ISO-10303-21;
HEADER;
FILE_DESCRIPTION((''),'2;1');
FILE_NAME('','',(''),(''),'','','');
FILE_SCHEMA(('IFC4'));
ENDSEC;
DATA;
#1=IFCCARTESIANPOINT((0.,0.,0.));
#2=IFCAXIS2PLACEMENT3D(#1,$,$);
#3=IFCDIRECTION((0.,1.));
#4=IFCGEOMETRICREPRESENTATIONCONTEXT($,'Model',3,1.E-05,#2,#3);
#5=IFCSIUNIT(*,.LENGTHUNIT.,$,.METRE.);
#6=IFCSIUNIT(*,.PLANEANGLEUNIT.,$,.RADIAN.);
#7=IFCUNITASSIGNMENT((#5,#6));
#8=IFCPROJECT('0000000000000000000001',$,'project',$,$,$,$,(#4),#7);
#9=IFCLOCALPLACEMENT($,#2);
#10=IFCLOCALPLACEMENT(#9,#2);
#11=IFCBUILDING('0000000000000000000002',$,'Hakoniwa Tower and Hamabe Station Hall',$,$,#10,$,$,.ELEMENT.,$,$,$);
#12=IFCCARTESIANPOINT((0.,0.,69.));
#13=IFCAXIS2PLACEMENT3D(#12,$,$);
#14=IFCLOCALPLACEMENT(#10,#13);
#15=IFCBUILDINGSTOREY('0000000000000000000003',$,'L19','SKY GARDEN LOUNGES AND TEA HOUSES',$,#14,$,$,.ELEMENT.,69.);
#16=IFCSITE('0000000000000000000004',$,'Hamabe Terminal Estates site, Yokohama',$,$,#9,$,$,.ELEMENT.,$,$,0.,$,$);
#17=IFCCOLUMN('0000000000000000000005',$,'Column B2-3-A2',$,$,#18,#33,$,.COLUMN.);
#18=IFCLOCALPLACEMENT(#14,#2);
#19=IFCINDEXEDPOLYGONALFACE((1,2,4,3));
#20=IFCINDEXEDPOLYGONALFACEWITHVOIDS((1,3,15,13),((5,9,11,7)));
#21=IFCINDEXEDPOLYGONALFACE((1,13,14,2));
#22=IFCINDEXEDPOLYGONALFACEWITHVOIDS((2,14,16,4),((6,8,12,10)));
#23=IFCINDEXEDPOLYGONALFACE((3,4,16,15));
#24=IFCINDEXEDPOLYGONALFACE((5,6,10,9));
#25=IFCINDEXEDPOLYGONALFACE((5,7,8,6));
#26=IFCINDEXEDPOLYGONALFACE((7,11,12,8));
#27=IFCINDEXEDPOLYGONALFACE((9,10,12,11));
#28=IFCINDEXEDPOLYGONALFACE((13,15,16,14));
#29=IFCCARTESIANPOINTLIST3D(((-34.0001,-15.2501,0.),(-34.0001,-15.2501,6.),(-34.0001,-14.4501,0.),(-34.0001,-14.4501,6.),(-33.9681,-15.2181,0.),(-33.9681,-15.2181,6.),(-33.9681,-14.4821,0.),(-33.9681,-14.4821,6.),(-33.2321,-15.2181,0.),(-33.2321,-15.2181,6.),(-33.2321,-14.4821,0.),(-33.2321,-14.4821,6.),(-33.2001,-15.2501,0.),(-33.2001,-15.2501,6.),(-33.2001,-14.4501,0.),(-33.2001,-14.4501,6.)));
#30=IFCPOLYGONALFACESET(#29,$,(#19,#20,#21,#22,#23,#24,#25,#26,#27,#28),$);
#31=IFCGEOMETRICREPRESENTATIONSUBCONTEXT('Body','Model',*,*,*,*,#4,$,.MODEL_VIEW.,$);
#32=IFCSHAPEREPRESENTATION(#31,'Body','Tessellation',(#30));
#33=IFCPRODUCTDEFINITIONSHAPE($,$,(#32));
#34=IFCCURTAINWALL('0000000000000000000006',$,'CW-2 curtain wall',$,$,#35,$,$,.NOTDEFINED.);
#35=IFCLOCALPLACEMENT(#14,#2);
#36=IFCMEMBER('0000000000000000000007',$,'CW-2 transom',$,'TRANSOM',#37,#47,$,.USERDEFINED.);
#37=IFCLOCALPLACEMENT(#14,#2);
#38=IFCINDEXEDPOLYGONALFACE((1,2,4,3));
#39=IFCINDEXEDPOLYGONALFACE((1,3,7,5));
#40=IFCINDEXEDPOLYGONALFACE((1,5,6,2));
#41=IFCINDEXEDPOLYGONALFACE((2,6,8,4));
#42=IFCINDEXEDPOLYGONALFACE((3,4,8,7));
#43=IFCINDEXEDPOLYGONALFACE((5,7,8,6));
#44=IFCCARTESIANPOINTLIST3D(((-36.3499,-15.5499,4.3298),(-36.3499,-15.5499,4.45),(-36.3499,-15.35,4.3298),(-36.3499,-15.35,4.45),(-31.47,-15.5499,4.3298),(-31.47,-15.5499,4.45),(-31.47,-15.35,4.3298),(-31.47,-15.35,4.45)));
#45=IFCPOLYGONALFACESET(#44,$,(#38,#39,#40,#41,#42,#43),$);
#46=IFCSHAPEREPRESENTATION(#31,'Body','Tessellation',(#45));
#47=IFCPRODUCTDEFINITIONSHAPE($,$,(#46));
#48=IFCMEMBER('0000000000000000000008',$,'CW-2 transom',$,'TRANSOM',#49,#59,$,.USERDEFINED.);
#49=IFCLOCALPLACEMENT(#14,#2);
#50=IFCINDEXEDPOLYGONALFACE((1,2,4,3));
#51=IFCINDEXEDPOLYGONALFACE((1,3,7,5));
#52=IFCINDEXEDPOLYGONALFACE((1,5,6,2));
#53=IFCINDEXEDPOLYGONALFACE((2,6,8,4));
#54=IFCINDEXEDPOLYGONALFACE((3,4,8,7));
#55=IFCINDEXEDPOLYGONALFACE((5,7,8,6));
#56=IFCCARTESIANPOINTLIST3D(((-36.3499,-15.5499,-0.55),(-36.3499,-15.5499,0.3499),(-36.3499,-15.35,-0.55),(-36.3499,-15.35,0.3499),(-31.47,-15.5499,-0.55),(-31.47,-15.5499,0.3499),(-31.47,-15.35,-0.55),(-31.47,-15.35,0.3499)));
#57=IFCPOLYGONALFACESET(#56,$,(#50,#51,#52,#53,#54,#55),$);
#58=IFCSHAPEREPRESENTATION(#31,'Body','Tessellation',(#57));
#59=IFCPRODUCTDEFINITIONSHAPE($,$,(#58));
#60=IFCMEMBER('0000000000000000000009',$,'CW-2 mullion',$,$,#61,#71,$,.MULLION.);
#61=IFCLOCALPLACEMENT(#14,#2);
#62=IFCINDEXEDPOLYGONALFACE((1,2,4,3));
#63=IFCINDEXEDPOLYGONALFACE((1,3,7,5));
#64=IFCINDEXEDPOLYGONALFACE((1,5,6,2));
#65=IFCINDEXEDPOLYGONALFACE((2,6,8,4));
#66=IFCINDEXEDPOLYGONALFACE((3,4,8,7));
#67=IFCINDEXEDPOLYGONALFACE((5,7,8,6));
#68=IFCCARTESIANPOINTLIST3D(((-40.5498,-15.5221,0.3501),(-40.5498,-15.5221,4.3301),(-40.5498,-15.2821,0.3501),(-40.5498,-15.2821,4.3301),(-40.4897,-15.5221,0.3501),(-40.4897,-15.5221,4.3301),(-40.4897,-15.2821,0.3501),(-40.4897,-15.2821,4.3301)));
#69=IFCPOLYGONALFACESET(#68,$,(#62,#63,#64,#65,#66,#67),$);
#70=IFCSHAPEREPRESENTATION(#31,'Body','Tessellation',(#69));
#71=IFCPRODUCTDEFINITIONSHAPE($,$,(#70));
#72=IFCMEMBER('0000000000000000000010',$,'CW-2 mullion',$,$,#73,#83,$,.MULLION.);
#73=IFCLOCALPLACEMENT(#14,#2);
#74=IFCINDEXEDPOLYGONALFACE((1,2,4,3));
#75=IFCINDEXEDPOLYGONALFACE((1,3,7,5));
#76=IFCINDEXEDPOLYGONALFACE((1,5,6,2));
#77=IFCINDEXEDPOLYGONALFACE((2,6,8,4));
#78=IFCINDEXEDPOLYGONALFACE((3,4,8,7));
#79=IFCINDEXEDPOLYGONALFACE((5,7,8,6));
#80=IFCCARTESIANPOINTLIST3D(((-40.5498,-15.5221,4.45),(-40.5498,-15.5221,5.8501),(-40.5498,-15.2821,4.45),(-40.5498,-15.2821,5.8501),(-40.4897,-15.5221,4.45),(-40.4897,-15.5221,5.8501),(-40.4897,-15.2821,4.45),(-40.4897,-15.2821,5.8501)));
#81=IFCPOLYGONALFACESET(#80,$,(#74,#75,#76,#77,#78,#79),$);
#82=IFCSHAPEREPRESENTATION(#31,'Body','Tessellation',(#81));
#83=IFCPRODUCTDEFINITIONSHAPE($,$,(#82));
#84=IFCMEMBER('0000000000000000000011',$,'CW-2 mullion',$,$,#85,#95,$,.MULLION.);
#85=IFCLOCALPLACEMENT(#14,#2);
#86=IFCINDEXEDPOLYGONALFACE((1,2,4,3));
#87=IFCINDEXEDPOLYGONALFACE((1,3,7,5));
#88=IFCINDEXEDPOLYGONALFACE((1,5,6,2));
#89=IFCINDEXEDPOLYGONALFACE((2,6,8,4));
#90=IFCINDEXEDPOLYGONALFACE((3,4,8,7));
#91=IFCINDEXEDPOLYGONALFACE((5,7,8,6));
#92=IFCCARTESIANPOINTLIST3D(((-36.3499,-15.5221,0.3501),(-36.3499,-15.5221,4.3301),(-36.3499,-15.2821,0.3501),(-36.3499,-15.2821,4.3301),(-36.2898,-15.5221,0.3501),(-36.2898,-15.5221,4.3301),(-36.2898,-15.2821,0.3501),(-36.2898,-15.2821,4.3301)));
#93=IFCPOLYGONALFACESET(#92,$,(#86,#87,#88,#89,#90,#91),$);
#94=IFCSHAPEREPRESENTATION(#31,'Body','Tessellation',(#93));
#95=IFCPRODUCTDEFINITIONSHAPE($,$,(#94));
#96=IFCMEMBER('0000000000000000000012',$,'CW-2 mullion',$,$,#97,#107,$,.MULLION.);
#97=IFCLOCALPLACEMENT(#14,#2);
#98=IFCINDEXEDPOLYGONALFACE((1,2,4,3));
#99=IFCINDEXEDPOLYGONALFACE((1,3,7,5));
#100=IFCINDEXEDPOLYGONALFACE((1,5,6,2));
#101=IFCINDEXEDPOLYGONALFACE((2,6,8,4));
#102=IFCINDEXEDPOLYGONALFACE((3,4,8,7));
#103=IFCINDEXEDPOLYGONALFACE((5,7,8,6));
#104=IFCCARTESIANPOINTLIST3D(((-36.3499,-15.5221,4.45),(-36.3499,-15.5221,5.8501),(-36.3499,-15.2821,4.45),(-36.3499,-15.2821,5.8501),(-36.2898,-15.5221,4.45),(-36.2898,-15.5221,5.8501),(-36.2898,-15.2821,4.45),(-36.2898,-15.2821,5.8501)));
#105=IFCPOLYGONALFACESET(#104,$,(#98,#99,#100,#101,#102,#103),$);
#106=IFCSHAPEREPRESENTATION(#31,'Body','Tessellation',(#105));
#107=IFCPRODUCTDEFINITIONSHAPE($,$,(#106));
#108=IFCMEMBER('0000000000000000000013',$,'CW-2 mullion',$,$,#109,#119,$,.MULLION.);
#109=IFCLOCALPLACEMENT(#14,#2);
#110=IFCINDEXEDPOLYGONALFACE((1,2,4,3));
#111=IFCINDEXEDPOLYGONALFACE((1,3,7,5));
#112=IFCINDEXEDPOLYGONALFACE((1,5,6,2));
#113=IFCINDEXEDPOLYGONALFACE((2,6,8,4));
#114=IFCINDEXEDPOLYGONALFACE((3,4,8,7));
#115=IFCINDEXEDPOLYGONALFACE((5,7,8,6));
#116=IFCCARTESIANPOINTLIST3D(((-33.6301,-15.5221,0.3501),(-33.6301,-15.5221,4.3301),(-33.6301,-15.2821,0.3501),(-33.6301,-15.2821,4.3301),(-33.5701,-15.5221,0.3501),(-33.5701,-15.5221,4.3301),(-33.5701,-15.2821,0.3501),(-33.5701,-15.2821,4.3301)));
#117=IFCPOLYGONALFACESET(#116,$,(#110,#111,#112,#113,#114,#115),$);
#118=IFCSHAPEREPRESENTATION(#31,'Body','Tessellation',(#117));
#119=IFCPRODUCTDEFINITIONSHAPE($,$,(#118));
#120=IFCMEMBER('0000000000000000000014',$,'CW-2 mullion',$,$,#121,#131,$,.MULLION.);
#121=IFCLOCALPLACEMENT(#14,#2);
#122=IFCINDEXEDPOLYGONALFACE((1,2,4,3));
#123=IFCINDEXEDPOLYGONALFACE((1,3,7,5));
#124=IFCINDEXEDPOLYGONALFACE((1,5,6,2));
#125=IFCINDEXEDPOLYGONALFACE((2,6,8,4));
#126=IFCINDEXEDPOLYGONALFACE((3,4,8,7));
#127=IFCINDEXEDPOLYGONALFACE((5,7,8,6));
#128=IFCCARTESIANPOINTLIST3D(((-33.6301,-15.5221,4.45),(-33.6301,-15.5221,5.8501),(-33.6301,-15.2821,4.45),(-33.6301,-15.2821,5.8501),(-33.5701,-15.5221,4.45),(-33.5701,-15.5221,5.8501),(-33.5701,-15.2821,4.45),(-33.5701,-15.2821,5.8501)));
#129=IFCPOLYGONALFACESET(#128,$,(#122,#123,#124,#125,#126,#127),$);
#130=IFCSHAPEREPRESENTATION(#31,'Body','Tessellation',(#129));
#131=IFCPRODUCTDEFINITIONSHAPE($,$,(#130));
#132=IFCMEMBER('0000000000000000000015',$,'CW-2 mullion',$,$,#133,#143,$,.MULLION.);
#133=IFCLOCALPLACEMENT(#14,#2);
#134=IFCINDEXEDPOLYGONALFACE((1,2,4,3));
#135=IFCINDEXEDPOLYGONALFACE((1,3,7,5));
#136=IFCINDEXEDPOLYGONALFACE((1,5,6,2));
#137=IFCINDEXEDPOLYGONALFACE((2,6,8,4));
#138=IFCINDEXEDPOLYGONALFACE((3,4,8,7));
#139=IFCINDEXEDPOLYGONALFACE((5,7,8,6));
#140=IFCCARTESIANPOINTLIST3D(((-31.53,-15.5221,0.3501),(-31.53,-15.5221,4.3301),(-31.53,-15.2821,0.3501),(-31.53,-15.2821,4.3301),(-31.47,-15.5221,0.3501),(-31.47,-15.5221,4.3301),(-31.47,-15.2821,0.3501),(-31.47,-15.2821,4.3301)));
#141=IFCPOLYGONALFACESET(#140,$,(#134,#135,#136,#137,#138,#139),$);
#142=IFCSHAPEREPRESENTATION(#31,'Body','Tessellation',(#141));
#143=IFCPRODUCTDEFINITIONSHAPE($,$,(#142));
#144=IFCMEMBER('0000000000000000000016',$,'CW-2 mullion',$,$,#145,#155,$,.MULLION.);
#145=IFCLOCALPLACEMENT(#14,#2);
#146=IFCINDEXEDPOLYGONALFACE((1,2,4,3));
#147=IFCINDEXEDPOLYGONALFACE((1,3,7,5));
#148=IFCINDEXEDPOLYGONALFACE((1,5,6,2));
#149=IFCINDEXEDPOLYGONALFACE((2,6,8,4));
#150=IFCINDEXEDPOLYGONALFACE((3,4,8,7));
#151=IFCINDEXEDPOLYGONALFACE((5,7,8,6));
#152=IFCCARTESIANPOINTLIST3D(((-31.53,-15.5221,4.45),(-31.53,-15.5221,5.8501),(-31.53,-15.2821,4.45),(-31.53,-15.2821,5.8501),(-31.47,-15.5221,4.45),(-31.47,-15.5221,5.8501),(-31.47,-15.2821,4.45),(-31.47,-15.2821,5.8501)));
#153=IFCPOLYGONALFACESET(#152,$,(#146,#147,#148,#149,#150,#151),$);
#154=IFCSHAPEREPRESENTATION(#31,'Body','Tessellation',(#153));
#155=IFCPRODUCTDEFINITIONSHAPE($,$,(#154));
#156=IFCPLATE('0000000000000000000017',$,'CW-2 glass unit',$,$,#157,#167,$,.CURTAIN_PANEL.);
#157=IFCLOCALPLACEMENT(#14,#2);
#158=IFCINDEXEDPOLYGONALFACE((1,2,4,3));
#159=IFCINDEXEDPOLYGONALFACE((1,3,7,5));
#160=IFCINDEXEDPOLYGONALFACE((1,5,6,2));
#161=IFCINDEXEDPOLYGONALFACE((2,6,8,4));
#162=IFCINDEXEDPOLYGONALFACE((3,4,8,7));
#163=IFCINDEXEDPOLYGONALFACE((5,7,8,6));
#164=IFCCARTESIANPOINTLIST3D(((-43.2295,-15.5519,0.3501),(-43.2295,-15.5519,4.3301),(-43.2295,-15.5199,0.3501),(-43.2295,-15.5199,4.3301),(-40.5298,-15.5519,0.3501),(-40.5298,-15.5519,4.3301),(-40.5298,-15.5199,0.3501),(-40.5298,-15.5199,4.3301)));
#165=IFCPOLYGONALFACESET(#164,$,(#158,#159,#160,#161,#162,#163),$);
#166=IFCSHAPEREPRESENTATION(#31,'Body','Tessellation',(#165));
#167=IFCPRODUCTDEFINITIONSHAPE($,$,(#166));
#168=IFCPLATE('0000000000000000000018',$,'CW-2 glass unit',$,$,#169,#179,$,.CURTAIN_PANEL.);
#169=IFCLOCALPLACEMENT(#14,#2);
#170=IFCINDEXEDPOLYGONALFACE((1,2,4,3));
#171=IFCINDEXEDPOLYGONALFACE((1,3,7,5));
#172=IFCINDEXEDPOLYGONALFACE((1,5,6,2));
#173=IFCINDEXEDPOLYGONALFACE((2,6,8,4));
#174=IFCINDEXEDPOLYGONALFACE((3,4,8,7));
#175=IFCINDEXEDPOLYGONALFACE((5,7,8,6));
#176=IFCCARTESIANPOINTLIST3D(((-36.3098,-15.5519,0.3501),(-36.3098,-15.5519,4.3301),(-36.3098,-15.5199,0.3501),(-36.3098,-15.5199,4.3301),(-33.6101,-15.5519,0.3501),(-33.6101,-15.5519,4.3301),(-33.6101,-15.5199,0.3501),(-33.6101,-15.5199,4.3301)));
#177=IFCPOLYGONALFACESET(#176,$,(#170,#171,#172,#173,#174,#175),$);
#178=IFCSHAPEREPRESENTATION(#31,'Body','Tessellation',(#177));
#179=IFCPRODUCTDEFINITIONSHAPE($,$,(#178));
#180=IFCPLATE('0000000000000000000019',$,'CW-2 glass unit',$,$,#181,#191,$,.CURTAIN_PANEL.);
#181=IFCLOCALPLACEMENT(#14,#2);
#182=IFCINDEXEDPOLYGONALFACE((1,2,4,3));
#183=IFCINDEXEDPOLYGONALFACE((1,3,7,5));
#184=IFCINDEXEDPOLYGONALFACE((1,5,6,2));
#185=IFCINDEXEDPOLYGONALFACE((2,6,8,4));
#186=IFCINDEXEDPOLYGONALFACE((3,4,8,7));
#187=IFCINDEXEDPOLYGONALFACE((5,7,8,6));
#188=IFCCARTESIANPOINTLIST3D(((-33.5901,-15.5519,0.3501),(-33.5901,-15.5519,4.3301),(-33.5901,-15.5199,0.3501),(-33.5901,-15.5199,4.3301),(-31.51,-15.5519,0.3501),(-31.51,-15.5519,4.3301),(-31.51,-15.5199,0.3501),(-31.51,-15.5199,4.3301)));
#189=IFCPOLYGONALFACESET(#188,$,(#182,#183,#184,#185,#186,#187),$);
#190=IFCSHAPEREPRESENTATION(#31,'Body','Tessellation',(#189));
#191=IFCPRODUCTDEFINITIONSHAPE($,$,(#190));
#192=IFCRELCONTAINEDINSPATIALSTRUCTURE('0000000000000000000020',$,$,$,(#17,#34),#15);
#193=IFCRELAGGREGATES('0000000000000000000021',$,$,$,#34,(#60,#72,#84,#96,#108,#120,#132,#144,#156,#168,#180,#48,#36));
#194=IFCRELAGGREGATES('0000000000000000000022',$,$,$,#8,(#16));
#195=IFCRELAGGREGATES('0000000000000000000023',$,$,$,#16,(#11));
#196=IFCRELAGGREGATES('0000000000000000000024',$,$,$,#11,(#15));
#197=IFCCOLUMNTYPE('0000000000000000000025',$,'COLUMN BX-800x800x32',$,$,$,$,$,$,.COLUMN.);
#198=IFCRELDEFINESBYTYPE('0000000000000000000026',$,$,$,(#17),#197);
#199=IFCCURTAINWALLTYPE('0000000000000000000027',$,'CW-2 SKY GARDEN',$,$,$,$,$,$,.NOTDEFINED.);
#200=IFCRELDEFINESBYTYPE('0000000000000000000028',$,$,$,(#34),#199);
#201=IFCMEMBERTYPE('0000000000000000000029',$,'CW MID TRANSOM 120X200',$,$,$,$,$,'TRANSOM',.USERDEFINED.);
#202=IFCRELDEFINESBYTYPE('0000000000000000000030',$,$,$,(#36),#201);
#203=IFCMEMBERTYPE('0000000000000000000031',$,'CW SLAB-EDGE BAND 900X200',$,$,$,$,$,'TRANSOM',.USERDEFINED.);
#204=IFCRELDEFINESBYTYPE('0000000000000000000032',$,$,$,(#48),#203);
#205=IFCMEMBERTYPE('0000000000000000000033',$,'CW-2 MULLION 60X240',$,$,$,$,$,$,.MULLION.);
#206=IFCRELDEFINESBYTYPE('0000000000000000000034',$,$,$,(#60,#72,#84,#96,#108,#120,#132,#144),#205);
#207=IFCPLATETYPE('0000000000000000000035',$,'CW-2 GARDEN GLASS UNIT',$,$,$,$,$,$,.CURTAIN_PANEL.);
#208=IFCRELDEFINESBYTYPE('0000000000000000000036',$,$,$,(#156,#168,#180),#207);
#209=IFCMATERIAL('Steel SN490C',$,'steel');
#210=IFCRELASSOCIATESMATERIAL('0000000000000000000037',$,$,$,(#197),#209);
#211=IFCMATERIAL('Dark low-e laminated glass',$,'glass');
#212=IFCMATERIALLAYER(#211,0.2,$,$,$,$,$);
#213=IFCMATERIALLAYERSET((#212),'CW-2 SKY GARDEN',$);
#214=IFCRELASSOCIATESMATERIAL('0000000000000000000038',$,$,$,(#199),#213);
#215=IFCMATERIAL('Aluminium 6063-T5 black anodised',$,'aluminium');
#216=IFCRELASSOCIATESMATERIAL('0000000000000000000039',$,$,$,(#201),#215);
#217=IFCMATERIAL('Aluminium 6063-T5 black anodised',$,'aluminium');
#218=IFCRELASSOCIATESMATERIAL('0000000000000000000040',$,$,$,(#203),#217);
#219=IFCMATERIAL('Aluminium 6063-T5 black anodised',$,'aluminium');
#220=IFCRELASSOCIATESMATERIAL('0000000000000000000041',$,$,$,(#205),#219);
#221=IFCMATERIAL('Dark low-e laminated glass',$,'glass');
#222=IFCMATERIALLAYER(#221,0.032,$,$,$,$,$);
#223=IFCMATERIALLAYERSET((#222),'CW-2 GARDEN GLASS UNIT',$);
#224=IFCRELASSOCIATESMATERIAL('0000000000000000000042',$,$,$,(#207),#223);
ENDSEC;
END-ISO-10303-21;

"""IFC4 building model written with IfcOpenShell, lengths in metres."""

from ifc_helpers import new_model, si_unit, direction, frame, origin, origin_2d, place, context, subcontext, project, spatial, rectangle, hollow_rectangle, extrude, material, layer, layer_set, material_profile, profile_set, type_object, element, aggregate, save


model = new_model("IFC4")

# Units and contexts
model_context = context("Model", 3, precision=1e-05, world=origin(), true_north=direction((0.0, 1.0)))
body_context = subcontext(model_context, "Body", "Model", "MODEL_VIEW")
ifc_project = project(units=[si_unit("LENGTHUNIT", "METRE"), si_unit("PLANEANGLEUNIT", "RADIAN")], contexts=[model_context])

# Site, building, storey
site_placement = place(None, origin())
site = spatial("IfcSite", under=ifc_project, at=site_placement, Name="Hamabe Terminal Estates site, Yokohama", CompositionType="ELEMENT", RefElevation=0.0)
building_placement = place(site_placement, origin())
building = spatial("IfcBuilding", under=site, at=building_placement, Name="Hakoniwa Tower and Hamabe Station Hall", CompositionType="ELEMENT")
storey_placement = place(building_placement, frame((0.0, 0.0, 69.0)))
storey = spatial("IfcBuildingStorey", under=building, at=storey_placement, Name="L19", Description="SKY GARDEN LOUNGES AND TEA HOUSES", CompositionType="ELEMENT", Elevation=69.0)

# Column
ifc_material_1 = material(Name="Steel SN490C", Category="steel")
ifc_material_profile_1 = material_profile(ifc_material_1, hollow_rectangle(XDim=0.8, YDim=0.8, WallThickness=0.032, at=origin_2d()), Name="BX-800x800x32")
ifc_profile_set_1 = profile_set([ifc_material_profile_1], Name="Steel SN490C")
column_type = type_object("IfcColumnType", Name="COLUMN BX-800x800x32", PredefinedType="COLUMN", material=ifc_profile_set_1)
column_placement = place(storey_placement, frame((-33.6001, -14.8501, 0.0), z_axis=(0.0, 0.0, 1.0), x_axis=(1.0, 0.0, 0.0)))
element("IfcColumn", 1, at=column_placement, inside=storey, type_object=column_type, Name="Column B2-3-A2", PredefinedType="COLUMN", context=body_context, shape_type="SweptSolid", body=[
    extrude(hollow_rectangle(XDim=0.8, YDim=0.8, WallThickness=0.032, at=origin_2d()), origin(), (0.0, 0.0, 1.0), 6.0),
])

# Curtain wall, members, plates
ifc_material_2 = material(Name="Dark low-e laminated glass", Category="glass")
ifc_layer_1 = layer(ifc_material_2, 0.2)
ifc_layer_set_1 = layer_set([ifc_layer_1], Name="CW-2 SKY GARDEN")
curtain_wall_type = type_object("IfcCurtainWallType", Name="CW-2 SKY GARDEN", PredefinedType="NOTDEFINED", material=ifc_layer_set_1)
curtain_wall_placement = place(storey_placement, origin())
curtain_wall = element("IfcCurtainWall", 2, at=curtain_wall_placement, inside=storey, type_object=curtain_wall_type, Name="CW-2 curtain wall", PredefinedType="NOTDEFINED")
ifc_material_3 = material(Name="Aluminium 6063-T5 black anodised", Category="aluminium")
ifc_material_profile_2 = material_profile(ifc_material_3, rectangle(XDim=0.2, YDim=0.1201, at=origin_2d()), Name="CW MID TRANSOM 120X200")
ifc_profile_set_2 = profile_set([ifc_material_profile_2], Name="Aluminium 6063-T5 black anodised")
member_type_1 = type_object("IfcMemberType", Name="CW MID TRANSOM 120X200", ElementType="TRANSOM", PredefinedType="USERDEFINED", material=ifc_profile_set_2)
member_1_placement = place(storey_placement, frame((-36.3499, -15.45, 4.3899), z_axis=(1.0, 0.0, 0.0), x_axis=(0.0, 1.0, 0.0)))
member_1 = element("IfcMember", 3, at=member_1_placement, type_object=member_type_1, Name="CW-2 transom", ObjectType="TRANSOM", PredefinedType="USERDEFINED", context=body_context, shape_type="SweptSolid", body=[
    extrude(rectangle(XDim=0.2, YDim=0.1201, at=origin_2d()), origin(), (0.0, 0.0, 1.0), 4.8799),
])
ifc_material_4 = material(Name="Aluminium 6063-T5 black anodised", Category="aluminium")
ifc_material_profile_3 = material_profile(ifc_material_4, rectangle(XDim=0.2, YDim=0.8999, at=origin_2d()), Name="CW SLAB-EDGE BAND 900X200")
ifc_profile_set_3 = profile_set([ifc_material_profile_3], Name="Aluminium 6063-T5 black anodised")
member_type_2 = type_object("IfcMemberType", Name="CW SLAB-EDGE BAND 900X200", ElementType="TRANSOM", PredefinedType="USERDEFINED", material=ifc_profile_set_3)
member_2_placement = place(storey_placement, frame((-36.3499, -15.45, -0.1001), z_axis=(1.0, 0.0, 0.0), x_axis=(0.0, 1.0, 0.0)))
member_2 = element("IfcMember", 4, at=member_2_placement, type_object=member_type_2, Name="CW-2 transom", ObjectType="TRANSOM", PredefinedType="USERDEFINED", context=body_context, shape_type="SweptSolid", body=[
    extrude(rectangle(XDim=0.2, YDim=0.8999, at=origin_2d()), origin(), (0.0, 0.0, 1.0), 4.8799),
])
ifc_material_5 = material(Name="Aluminium 6063-T5 black anodised", Category="aluminium")
ifc_material_profile_4 = material_profile(ifc_material_5, rectangle(XDim=0.0601, YDim=0.24, at=origin_2d()), Name="CW-2 MULLION 60X240")
ifc_profile_set_4 = profile_set([ifc_material_profile_4], Name="Aluminium 6063-T5 black anodised")
member_type_3 = type_object("IfcMemberType", Name="CW-2 MULLION 60X240", PredefinedType="MULLION", material=ifc_profile_set_4)
member_3_placement = place(storey_placement, frame((-40.5198, -15.4021, 0.3501), z_axis=(0.0, 0.0, 1.0), x_axis=(1.0, 0.0, 0.0)))
member_3 = element("IfcMember", 5, at=member_3_placement, type_object=member_type_3, Name="CW-2 mullion", PredefinedType="MULLION", context=body_context, shape_type="SweptSolid", body=[
    extrude(rectangle(XDim=0.0601, YDim=0.24, at=origin_2d()), origin(), (0.0, 0.0, 1.0), 3.98),
])
member_4_placement = place(storey_placement, frame((-40.5198, -15.4021, 4.45), z_axis=(0.0, 0.0, 1.0), x_axis=(1.0, 0.0, 0.0)))
member_4 = element("IfcMember", 6, at=member_4_placement, type_object=member_type_3, Name="CW-2 mullion", PredefinedType="MULLION", context=body_context, shape_type="SweptSolid", body=[
    extrude(rectangle(XDim=0.0601, YDim=0.24, at=origin_2d()), origin(), (0.0, 0.0, 1.0), 1.4001),
])
member_5_placement = place(storey_placement, frame((-36.3198, -15.4021, 0.3501), z_axis=(0.0, 0.0, 1.0), x_axis=(1.0, 0.0, 0.0)))
member_5 = element("IfcMember", 7, at=member_5_placement, type_object=member_type_3, Name="CW-2 mullion", PredefinedType="MULLION", context=body_context, shape_type="SweptSolid", body=[
    extrude(rectangle(XDim=0.0601, YDim=0.24, at=origin_2d()), origin(), (0.0, 0.0, 1.0), 3.98),
])
member_6_placement = place(storey_placement, frame((-36.3198, -15.4021, 4.45), z_axis=(0.0, 0.0, 1.0), x_axis=(1.0, 0.0, 0.0)))
member_6 = element("IfcMember", 8, at=member_6_placement, type_object=member_type_3, Name="CW-2 mullion", PredefinedType="MULLION", context=body_context, shape_type="SweptSolid", body=[
    extrude(rectangle(XDim=0.0601, YDim=0.24, at=origin_2d()), origin(), (0.0, 0.0, 1.0), 1.4001),
])
member_7_placement = place(storey_placement, frame((-33.6001, -15.4021, 0.3501), z_axis=(0.0, 0.0, 1.0), x_axis=(1.0, 0.0, 0.0)))
member_7 = element("IfcMember", 9, at=member_7_placement, type_object=member_type_3, Name="CW-2 mullion", PredefinedType="MULLION", context=body_context, shape_type="SweptSolid", body=[
    extrude(rectangle(XDim=0.0601, YDim=0.24, at=origin_2d()), origin(), (0.0, 0.0, 1.0), 3.98),
])
member_8_placement = place(storey_placement, frame((-33.6001, -15.4021, 4.45), z_axis=(0.0, 0.0, 1.0), x_axis=(1.0, 0.0, 0.0)))
member_8 = element("IfcMember", 10, at=member_8_placement, type_object=member_type_3, Name="CW-2 mullion", PredefinedType="MULLION", context=body_context, shape_type="SweptSolid", body=[
    extrude(rectangle(XDim=0.0601, YDim=0.24, at=origin_2d()), origin(), (0.0, 0.0, 1.0), 1.4001),
])
member_9_placement = place(storey_placement, frame((-31.5, -15.4021, 0.3501), z_axis=(0.0, 0.0, 1.0), x_axis=(1.0, 0.0, 0.0)))
member_9 = element("IfcMember", 11, at=member_9_placement, type_object=member_type_3, Name="CW-2 mullion", PredefinedType="MULLION", context=body_context, shape_type="SweptSolid", body=[
    extrude(rectangle(XDim=0.0601, YDim=0.24, at=origin_2d()), origin(), (0.0, 0.0, 1.0), 3.98),
])
member_10_placement = place(storey_placement, frame((-31.5, -15.4021, 4.45), z_axis=(0.0, 0.0, 1.0), x_axis=(1.0, 0.0, 0.0)))
member_10 = element("IfcMember", 12, at=member_10_placement, type_object=member_type_3, Name="CW-2 mullion", PredefinedType="MULLION", context=body_context, shape_type="SweptSolid", body=[
    extrude(rectangle(XDim=0.0601, YDim=0.24, at=origin_2d()), origin(), (0.0, 0.0, 1.0), 1.4001),
])
ifc_material_6 = material(Name="Dark low-e laminated glass", Category="glass")
ifc_layer_2 = layer(ifc_material_6, 0.032)
ifc_layer_set_2 = layer_set([ifc_layer_2], Name="CW-2 GARDEN GLASS UNIT")
plate_type = type_object("IfcPlateType", Name="CW-2 GARDEN GLASS UNIT", PredefinedType="CURTAIN_PANEL", material=ifc_layer_set_2)
plate_1_placement = place(storey_placement, frame((-41.8796, -15.5359, 0.3501), z_axis=(0.0, 0.0, 1.0), x_axis=(1.0, 0.0, 0.0)))
plate_1 = element("IfcPlate", 13, at=plate_1_placement, type_object=plate_type, Name="CW-2 glass unit", PredefinedType="CURTAIN_PANEL", context=body_context, shape_type="SweptSolid", body=[
    extrude(rectangle(XDim=2.6997, YDim=0.032, at=origin_2d()), origin(), (0.0, 0.0, 1.0), 3.98),
])
plate_2_placement = place(storey_placement, frame((-34.96, -15.5359, 0.3501), z_axis=(0.0, 0.0, 1.0), x_axis=(1.0, 0.0, 0.0)))
plate_2 = element("IfcPlate", 14, at=plate_2_placement, type_object=plate_type, Name="CW-2 glass unit", PredefinedType="CURTAIN_PANEL", context=body_context, shape_type="SweptSolid", body=[
    extrude(rectangle(XDim=2.6997, YDim=0.032, at=origin_2d()), origin(), (0.0, 0.0, 1.0), 3.98),
])
plate_3_placement = place(storey_placement, frame((-32.55, -15.5359, 0.3501), z_axis=(0.0, 0.0, 1.0), x_axis=(1.0, 0.0, 0.0)))
plate_3 = element("IfcPlate", 15, at=plate_3_placement, type_object=plate_type, Name="CW-2 glass unit", PredefinedType="CURTAIN_PANEL", context=body_context, shape_type="SweptSolid", body=[
    extrude(rectangle(XDim=2.0801, YDim=0.032, at=origin_2d()), origin(), (0.0, 0.0, 1.0), 3.98),
])

aggregate(curtain_wall, [member_3, member_4, member_5, member_6, member_7, member_8, member_9, member_10, plate_1, plate_2, plate_3, member_2, member_1])

save(model, "model.ifc")
